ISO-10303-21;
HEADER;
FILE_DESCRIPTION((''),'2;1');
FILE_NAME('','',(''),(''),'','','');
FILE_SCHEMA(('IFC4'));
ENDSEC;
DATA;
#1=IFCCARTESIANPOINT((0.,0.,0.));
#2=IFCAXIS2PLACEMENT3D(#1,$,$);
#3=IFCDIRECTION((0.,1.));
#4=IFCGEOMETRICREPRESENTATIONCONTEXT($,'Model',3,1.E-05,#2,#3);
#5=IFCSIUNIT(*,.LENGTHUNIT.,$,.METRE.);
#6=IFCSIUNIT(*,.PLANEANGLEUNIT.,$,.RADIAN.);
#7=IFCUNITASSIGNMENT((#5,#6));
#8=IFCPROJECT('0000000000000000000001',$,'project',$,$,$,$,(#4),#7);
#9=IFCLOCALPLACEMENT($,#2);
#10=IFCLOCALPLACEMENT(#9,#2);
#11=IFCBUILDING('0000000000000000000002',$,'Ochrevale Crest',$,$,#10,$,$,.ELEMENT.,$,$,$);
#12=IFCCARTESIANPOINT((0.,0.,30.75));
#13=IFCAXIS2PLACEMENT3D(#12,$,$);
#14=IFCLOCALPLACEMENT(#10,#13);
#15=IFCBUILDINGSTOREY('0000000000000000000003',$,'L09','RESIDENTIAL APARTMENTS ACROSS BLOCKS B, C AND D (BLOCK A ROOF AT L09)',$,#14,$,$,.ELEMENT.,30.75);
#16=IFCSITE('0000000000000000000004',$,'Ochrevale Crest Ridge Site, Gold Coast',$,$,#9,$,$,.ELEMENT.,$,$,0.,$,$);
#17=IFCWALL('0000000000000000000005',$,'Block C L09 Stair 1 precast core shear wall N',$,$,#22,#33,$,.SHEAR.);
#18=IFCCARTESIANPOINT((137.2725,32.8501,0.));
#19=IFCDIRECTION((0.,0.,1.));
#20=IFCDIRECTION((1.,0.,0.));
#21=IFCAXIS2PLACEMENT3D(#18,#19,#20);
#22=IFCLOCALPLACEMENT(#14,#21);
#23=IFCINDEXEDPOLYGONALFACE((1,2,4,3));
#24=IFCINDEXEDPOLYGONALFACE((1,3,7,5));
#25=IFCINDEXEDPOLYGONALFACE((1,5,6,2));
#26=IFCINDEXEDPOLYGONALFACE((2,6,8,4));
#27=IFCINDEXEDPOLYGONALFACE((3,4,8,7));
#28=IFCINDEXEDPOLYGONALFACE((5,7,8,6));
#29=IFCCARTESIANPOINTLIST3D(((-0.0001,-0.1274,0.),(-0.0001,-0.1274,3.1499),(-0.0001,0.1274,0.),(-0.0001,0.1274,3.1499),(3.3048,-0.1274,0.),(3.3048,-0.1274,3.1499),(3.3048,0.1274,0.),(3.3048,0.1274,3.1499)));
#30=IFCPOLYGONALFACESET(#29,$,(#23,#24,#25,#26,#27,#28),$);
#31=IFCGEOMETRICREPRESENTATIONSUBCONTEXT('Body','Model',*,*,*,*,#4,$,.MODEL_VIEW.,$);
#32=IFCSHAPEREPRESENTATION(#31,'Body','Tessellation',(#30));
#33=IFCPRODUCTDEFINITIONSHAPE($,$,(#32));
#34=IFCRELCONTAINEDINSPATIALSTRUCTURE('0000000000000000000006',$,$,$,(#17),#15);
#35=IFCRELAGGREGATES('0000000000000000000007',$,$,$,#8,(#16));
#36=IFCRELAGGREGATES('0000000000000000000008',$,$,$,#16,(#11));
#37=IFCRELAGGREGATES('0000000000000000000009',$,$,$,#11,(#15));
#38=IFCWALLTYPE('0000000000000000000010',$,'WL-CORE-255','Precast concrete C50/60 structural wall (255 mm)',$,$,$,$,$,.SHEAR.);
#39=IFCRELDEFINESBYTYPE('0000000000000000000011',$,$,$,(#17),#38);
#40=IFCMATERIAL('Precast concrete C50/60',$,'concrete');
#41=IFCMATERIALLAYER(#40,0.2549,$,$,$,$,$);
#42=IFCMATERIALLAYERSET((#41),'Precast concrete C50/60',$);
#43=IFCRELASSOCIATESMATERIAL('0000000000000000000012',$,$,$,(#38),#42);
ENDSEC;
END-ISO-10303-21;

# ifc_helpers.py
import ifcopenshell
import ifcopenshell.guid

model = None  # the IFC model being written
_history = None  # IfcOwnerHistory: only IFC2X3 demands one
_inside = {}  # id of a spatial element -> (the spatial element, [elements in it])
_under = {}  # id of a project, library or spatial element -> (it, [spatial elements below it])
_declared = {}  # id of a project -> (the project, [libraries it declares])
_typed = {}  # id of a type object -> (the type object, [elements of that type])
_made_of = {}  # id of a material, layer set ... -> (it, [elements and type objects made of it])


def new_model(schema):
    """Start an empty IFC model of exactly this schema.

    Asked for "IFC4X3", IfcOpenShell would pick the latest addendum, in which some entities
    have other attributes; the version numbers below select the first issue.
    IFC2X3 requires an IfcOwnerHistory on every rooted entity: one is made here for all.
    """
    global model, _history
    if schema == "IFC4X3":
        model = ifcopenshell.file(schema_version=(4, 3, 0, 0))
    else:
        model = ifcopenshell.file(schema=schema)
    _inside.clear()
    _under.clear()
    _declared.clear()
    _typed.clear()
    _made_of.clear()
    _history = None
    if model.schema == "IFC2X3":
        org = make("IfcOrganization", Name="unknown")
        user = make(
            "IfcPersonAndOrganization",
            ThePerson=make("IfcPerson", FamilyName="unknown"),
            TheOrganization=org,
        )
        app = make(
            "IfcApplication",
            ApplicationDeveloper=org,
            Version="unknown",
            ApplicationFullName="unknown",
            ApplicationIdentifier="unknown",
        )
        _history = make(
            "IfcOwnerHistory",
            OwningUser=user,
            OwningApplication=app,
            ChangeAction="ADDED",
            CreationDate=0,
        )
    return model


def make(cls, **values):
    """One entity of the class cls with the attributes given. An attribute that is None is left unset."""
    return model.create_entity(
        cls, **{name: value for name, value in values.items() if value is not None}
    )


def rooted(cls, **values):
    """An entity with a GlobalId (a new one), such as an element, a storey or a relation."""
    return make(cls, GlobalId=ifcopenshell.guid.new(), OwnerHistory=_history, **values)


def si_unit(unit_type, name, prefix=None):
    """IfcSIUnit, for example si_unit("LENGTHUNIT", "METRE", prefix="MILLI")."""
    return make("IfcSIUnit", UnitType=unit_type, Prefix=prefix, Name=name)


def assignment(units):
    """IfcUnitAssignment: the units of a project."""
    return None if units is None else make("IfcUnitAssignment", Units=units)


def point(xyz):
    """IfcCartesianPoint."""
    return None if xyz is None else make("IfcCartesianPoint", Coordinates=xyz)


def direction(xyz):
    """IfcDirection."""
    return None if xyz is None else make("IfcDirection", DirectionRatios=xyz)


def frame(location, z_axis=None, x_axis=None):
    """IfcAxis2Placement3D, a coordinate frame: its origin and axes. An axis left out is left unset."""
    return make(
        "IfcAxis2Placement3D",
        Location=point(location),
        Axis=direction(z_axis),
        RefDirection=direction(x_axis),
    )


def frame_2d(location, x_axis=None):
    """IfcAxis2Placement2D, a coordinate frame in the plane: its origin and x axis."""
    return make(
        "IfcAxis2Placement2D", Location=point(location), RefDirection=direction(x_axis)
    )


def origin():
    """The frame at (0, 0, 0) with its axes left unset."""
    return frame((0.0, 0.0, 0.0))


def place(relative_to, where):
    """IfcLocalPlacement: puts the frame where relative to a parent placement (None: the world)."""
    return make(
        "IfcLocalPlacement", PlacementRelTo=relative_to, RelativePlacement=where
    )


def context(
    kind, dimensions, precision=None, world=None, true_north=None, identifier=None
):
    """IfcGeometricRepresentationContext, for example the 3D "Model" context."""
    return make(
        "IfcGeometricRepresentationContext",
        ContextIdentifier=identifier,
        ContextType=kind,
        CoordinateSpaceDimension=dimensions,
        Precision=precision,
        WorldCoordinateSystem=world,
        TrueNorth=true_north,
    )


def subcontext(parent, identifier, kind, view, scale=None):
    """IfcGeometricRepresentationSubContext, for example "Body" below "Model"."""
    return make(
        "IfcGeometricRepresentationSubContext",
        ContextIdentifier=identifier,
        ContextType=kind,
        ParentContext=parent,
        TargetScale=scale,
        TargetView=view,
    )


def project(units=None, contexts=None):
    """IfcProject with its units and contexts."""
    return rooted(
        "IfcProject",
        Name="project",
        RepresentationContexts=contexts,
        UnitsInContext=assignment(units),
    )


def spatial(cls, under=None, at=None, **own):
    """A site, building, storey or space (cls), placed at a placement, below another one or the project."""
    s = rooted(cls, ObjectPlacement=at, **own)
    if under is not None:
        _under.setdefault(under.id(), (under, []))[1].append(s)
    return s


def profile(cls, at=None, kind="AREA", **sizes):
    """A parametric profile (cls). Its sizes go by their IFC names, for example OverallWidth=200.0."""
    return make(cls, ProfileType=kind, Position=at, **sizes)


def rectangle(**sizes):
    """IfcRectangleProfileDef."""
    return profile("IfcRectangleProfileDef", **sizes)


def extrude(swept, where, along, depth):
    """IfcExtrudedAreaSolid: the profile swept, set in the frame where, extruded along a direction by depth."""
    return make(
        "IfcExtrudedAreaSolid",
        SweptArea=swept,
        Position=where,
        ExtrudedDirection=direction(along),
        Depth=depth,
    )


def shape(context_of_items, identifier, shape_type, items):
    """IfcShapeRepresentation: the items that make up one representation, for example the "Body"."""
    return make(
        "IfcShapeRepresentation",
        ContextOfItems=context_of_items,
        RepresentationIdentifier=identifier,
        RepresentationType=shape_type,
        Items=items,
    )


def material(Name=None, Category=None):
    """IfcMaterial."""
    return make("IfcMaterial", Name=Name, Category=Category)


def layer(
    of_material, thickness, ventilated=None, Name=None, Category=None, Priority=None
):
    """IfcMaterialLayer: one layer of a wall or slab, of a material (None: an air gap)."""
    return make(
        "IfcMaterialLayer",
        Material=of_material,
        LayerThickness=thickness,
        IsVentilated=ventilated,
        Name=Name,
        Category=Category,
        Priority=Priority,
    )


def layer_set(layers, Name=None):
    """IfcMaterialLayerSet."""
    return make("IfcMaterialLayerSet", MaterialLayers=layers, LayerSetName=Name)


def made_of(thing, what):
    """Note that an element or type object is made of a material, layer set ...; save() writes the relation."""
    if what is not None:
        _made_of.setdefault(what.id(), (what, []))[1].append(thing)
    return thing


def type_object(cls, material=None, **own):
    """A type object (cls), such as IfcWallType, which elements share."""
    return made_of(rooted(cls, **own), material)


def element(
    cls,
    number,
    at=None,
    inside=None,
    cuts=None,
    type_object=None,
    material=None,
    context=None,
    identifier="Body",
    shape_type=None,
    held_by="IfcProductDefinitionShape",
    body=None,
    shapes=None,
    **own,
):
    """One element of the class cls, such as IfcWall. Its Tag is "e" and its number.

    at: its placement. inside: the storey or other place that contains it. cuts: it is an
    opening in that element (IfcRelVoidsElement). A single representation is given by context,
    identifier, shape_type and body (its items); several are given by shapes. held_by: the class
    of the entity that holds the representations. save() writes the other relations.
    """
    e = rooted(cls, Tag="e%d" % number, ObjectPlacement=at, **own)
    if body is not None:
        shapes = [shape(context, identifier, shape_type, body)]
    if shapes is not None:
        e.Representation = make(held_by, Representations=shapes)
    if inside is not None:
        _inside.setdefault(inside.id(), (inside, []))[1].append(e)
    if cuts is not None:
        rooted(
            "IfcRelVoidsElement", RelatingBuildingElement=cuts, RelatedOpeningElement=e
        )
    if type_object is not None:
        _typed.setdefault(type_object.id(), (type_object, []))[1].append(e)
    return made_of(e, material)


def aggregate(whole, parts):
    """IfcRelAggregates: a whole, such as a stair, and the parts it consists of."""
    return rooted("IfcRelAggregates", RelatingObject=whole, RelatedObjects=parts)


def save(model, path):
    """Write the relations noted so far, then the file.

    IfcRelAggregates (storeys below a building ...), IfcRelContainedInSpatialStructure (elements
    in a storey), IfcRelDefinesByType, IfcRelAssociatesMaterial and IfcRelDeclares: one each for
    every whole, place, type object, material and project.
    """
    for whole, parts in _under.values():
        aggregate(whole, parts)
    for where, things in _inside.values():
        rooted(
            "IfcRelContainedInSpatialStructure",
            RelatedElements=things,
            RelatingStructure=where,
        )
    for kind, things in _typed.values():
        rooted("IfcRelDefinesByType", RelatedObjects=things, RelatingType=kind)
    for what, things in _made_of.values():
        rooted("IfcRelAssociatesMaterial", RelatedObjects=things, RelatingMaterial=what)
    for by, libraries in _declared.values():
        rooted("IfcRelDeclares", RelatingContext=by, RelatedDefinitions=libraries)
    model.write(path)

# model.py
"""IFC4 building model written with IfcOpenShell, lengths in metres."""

from ifc_helpers import new_model, si_unit, direction, frame, frame_2d, origin, place, context, subcontext, project, spatial, rectangle, extrude, material, layer, layer_set, type_object, element, save


model = new_model("IFC4")

# Units and contexts
model_context = context("Model", 3, precision=1e-05, world=origin(), true_north=direction((0.0, 1.0)))
body_context = subcontext(model_context, "Body", "Model", "MODEL_VIEW")
ifc_project = project(units=[si_unit("LENGTHUNIT", "METRE"), si_unit("PLANEANGLEUNIT", "RADIAN")], contexts=[model_context])

# Site, building, storey
site_placement = place(None, origin())
site = spatial("IfcSite", under=ifc_project, at=site_placement, Name="Ochrevale Crest Ridge Site, Gold Coast", CompositionType="ELEMENT", RefElevation=0.0)
building_placement = place(site_placement, origin())
building = spatial("IfcBuilding", under=site, at=building_placement, Name="Ochrevale Crest", CompositionType="ELEMENT")
storey_placement = place(building_placement, frame((0.0, 0.0, 30.75)))
storey = spatial("IfcBuildingStorey", under=building, at=storey_placement, Name="L09", Description="RESIDENTIAL APARTMENTS ACROSS BLOCKS B, C AND D (BLOCK A ROOF AT L09)", CompositionType="ELEMENT", Elevation=30.75)

# Shared definitions
ifc_material_1 = material(Name="Precast concrete C50/60", Category="concrete")

# Shared definitions
ifc_layer_1 = layer(ifc_material_1, 0.2549)
ifc_layer_set_1 = layer_set([ifc_layer_1], Name="Precast concrete C50/60")
wall_type_1 = type_object("IfcWallType", Name="WL-CORE-255", Description="Precast concrete C50/60 structural wall (255 mm)", PredefinedType="SHEAR", material=ifc_layer_set_1)

# Wall
wall_1_placement = place(storey_placement, frame((137.2725, 32.8501, 0.0), z_axis=(0.0, 0.0, 1.0), x_axis=(1.0, 0.0, 0.0)))
element("IfcWall", 1, at=wall_1_placement, inside=storey, type_object=wall_type_1, Name="Block C L09 Stair 1 precast core shear wall N", PredefinedType="SHEAR", context=body_context, shape_type="SweptSolid", body=[
    extrude(rectangle(XDim=3.3049, YDim=0.2549, at=frame_2d((1.6523, 0.0))), origin(), (0.0, 0.0, 1.0), 3.1499),
])

save(model, "model.ifc")
